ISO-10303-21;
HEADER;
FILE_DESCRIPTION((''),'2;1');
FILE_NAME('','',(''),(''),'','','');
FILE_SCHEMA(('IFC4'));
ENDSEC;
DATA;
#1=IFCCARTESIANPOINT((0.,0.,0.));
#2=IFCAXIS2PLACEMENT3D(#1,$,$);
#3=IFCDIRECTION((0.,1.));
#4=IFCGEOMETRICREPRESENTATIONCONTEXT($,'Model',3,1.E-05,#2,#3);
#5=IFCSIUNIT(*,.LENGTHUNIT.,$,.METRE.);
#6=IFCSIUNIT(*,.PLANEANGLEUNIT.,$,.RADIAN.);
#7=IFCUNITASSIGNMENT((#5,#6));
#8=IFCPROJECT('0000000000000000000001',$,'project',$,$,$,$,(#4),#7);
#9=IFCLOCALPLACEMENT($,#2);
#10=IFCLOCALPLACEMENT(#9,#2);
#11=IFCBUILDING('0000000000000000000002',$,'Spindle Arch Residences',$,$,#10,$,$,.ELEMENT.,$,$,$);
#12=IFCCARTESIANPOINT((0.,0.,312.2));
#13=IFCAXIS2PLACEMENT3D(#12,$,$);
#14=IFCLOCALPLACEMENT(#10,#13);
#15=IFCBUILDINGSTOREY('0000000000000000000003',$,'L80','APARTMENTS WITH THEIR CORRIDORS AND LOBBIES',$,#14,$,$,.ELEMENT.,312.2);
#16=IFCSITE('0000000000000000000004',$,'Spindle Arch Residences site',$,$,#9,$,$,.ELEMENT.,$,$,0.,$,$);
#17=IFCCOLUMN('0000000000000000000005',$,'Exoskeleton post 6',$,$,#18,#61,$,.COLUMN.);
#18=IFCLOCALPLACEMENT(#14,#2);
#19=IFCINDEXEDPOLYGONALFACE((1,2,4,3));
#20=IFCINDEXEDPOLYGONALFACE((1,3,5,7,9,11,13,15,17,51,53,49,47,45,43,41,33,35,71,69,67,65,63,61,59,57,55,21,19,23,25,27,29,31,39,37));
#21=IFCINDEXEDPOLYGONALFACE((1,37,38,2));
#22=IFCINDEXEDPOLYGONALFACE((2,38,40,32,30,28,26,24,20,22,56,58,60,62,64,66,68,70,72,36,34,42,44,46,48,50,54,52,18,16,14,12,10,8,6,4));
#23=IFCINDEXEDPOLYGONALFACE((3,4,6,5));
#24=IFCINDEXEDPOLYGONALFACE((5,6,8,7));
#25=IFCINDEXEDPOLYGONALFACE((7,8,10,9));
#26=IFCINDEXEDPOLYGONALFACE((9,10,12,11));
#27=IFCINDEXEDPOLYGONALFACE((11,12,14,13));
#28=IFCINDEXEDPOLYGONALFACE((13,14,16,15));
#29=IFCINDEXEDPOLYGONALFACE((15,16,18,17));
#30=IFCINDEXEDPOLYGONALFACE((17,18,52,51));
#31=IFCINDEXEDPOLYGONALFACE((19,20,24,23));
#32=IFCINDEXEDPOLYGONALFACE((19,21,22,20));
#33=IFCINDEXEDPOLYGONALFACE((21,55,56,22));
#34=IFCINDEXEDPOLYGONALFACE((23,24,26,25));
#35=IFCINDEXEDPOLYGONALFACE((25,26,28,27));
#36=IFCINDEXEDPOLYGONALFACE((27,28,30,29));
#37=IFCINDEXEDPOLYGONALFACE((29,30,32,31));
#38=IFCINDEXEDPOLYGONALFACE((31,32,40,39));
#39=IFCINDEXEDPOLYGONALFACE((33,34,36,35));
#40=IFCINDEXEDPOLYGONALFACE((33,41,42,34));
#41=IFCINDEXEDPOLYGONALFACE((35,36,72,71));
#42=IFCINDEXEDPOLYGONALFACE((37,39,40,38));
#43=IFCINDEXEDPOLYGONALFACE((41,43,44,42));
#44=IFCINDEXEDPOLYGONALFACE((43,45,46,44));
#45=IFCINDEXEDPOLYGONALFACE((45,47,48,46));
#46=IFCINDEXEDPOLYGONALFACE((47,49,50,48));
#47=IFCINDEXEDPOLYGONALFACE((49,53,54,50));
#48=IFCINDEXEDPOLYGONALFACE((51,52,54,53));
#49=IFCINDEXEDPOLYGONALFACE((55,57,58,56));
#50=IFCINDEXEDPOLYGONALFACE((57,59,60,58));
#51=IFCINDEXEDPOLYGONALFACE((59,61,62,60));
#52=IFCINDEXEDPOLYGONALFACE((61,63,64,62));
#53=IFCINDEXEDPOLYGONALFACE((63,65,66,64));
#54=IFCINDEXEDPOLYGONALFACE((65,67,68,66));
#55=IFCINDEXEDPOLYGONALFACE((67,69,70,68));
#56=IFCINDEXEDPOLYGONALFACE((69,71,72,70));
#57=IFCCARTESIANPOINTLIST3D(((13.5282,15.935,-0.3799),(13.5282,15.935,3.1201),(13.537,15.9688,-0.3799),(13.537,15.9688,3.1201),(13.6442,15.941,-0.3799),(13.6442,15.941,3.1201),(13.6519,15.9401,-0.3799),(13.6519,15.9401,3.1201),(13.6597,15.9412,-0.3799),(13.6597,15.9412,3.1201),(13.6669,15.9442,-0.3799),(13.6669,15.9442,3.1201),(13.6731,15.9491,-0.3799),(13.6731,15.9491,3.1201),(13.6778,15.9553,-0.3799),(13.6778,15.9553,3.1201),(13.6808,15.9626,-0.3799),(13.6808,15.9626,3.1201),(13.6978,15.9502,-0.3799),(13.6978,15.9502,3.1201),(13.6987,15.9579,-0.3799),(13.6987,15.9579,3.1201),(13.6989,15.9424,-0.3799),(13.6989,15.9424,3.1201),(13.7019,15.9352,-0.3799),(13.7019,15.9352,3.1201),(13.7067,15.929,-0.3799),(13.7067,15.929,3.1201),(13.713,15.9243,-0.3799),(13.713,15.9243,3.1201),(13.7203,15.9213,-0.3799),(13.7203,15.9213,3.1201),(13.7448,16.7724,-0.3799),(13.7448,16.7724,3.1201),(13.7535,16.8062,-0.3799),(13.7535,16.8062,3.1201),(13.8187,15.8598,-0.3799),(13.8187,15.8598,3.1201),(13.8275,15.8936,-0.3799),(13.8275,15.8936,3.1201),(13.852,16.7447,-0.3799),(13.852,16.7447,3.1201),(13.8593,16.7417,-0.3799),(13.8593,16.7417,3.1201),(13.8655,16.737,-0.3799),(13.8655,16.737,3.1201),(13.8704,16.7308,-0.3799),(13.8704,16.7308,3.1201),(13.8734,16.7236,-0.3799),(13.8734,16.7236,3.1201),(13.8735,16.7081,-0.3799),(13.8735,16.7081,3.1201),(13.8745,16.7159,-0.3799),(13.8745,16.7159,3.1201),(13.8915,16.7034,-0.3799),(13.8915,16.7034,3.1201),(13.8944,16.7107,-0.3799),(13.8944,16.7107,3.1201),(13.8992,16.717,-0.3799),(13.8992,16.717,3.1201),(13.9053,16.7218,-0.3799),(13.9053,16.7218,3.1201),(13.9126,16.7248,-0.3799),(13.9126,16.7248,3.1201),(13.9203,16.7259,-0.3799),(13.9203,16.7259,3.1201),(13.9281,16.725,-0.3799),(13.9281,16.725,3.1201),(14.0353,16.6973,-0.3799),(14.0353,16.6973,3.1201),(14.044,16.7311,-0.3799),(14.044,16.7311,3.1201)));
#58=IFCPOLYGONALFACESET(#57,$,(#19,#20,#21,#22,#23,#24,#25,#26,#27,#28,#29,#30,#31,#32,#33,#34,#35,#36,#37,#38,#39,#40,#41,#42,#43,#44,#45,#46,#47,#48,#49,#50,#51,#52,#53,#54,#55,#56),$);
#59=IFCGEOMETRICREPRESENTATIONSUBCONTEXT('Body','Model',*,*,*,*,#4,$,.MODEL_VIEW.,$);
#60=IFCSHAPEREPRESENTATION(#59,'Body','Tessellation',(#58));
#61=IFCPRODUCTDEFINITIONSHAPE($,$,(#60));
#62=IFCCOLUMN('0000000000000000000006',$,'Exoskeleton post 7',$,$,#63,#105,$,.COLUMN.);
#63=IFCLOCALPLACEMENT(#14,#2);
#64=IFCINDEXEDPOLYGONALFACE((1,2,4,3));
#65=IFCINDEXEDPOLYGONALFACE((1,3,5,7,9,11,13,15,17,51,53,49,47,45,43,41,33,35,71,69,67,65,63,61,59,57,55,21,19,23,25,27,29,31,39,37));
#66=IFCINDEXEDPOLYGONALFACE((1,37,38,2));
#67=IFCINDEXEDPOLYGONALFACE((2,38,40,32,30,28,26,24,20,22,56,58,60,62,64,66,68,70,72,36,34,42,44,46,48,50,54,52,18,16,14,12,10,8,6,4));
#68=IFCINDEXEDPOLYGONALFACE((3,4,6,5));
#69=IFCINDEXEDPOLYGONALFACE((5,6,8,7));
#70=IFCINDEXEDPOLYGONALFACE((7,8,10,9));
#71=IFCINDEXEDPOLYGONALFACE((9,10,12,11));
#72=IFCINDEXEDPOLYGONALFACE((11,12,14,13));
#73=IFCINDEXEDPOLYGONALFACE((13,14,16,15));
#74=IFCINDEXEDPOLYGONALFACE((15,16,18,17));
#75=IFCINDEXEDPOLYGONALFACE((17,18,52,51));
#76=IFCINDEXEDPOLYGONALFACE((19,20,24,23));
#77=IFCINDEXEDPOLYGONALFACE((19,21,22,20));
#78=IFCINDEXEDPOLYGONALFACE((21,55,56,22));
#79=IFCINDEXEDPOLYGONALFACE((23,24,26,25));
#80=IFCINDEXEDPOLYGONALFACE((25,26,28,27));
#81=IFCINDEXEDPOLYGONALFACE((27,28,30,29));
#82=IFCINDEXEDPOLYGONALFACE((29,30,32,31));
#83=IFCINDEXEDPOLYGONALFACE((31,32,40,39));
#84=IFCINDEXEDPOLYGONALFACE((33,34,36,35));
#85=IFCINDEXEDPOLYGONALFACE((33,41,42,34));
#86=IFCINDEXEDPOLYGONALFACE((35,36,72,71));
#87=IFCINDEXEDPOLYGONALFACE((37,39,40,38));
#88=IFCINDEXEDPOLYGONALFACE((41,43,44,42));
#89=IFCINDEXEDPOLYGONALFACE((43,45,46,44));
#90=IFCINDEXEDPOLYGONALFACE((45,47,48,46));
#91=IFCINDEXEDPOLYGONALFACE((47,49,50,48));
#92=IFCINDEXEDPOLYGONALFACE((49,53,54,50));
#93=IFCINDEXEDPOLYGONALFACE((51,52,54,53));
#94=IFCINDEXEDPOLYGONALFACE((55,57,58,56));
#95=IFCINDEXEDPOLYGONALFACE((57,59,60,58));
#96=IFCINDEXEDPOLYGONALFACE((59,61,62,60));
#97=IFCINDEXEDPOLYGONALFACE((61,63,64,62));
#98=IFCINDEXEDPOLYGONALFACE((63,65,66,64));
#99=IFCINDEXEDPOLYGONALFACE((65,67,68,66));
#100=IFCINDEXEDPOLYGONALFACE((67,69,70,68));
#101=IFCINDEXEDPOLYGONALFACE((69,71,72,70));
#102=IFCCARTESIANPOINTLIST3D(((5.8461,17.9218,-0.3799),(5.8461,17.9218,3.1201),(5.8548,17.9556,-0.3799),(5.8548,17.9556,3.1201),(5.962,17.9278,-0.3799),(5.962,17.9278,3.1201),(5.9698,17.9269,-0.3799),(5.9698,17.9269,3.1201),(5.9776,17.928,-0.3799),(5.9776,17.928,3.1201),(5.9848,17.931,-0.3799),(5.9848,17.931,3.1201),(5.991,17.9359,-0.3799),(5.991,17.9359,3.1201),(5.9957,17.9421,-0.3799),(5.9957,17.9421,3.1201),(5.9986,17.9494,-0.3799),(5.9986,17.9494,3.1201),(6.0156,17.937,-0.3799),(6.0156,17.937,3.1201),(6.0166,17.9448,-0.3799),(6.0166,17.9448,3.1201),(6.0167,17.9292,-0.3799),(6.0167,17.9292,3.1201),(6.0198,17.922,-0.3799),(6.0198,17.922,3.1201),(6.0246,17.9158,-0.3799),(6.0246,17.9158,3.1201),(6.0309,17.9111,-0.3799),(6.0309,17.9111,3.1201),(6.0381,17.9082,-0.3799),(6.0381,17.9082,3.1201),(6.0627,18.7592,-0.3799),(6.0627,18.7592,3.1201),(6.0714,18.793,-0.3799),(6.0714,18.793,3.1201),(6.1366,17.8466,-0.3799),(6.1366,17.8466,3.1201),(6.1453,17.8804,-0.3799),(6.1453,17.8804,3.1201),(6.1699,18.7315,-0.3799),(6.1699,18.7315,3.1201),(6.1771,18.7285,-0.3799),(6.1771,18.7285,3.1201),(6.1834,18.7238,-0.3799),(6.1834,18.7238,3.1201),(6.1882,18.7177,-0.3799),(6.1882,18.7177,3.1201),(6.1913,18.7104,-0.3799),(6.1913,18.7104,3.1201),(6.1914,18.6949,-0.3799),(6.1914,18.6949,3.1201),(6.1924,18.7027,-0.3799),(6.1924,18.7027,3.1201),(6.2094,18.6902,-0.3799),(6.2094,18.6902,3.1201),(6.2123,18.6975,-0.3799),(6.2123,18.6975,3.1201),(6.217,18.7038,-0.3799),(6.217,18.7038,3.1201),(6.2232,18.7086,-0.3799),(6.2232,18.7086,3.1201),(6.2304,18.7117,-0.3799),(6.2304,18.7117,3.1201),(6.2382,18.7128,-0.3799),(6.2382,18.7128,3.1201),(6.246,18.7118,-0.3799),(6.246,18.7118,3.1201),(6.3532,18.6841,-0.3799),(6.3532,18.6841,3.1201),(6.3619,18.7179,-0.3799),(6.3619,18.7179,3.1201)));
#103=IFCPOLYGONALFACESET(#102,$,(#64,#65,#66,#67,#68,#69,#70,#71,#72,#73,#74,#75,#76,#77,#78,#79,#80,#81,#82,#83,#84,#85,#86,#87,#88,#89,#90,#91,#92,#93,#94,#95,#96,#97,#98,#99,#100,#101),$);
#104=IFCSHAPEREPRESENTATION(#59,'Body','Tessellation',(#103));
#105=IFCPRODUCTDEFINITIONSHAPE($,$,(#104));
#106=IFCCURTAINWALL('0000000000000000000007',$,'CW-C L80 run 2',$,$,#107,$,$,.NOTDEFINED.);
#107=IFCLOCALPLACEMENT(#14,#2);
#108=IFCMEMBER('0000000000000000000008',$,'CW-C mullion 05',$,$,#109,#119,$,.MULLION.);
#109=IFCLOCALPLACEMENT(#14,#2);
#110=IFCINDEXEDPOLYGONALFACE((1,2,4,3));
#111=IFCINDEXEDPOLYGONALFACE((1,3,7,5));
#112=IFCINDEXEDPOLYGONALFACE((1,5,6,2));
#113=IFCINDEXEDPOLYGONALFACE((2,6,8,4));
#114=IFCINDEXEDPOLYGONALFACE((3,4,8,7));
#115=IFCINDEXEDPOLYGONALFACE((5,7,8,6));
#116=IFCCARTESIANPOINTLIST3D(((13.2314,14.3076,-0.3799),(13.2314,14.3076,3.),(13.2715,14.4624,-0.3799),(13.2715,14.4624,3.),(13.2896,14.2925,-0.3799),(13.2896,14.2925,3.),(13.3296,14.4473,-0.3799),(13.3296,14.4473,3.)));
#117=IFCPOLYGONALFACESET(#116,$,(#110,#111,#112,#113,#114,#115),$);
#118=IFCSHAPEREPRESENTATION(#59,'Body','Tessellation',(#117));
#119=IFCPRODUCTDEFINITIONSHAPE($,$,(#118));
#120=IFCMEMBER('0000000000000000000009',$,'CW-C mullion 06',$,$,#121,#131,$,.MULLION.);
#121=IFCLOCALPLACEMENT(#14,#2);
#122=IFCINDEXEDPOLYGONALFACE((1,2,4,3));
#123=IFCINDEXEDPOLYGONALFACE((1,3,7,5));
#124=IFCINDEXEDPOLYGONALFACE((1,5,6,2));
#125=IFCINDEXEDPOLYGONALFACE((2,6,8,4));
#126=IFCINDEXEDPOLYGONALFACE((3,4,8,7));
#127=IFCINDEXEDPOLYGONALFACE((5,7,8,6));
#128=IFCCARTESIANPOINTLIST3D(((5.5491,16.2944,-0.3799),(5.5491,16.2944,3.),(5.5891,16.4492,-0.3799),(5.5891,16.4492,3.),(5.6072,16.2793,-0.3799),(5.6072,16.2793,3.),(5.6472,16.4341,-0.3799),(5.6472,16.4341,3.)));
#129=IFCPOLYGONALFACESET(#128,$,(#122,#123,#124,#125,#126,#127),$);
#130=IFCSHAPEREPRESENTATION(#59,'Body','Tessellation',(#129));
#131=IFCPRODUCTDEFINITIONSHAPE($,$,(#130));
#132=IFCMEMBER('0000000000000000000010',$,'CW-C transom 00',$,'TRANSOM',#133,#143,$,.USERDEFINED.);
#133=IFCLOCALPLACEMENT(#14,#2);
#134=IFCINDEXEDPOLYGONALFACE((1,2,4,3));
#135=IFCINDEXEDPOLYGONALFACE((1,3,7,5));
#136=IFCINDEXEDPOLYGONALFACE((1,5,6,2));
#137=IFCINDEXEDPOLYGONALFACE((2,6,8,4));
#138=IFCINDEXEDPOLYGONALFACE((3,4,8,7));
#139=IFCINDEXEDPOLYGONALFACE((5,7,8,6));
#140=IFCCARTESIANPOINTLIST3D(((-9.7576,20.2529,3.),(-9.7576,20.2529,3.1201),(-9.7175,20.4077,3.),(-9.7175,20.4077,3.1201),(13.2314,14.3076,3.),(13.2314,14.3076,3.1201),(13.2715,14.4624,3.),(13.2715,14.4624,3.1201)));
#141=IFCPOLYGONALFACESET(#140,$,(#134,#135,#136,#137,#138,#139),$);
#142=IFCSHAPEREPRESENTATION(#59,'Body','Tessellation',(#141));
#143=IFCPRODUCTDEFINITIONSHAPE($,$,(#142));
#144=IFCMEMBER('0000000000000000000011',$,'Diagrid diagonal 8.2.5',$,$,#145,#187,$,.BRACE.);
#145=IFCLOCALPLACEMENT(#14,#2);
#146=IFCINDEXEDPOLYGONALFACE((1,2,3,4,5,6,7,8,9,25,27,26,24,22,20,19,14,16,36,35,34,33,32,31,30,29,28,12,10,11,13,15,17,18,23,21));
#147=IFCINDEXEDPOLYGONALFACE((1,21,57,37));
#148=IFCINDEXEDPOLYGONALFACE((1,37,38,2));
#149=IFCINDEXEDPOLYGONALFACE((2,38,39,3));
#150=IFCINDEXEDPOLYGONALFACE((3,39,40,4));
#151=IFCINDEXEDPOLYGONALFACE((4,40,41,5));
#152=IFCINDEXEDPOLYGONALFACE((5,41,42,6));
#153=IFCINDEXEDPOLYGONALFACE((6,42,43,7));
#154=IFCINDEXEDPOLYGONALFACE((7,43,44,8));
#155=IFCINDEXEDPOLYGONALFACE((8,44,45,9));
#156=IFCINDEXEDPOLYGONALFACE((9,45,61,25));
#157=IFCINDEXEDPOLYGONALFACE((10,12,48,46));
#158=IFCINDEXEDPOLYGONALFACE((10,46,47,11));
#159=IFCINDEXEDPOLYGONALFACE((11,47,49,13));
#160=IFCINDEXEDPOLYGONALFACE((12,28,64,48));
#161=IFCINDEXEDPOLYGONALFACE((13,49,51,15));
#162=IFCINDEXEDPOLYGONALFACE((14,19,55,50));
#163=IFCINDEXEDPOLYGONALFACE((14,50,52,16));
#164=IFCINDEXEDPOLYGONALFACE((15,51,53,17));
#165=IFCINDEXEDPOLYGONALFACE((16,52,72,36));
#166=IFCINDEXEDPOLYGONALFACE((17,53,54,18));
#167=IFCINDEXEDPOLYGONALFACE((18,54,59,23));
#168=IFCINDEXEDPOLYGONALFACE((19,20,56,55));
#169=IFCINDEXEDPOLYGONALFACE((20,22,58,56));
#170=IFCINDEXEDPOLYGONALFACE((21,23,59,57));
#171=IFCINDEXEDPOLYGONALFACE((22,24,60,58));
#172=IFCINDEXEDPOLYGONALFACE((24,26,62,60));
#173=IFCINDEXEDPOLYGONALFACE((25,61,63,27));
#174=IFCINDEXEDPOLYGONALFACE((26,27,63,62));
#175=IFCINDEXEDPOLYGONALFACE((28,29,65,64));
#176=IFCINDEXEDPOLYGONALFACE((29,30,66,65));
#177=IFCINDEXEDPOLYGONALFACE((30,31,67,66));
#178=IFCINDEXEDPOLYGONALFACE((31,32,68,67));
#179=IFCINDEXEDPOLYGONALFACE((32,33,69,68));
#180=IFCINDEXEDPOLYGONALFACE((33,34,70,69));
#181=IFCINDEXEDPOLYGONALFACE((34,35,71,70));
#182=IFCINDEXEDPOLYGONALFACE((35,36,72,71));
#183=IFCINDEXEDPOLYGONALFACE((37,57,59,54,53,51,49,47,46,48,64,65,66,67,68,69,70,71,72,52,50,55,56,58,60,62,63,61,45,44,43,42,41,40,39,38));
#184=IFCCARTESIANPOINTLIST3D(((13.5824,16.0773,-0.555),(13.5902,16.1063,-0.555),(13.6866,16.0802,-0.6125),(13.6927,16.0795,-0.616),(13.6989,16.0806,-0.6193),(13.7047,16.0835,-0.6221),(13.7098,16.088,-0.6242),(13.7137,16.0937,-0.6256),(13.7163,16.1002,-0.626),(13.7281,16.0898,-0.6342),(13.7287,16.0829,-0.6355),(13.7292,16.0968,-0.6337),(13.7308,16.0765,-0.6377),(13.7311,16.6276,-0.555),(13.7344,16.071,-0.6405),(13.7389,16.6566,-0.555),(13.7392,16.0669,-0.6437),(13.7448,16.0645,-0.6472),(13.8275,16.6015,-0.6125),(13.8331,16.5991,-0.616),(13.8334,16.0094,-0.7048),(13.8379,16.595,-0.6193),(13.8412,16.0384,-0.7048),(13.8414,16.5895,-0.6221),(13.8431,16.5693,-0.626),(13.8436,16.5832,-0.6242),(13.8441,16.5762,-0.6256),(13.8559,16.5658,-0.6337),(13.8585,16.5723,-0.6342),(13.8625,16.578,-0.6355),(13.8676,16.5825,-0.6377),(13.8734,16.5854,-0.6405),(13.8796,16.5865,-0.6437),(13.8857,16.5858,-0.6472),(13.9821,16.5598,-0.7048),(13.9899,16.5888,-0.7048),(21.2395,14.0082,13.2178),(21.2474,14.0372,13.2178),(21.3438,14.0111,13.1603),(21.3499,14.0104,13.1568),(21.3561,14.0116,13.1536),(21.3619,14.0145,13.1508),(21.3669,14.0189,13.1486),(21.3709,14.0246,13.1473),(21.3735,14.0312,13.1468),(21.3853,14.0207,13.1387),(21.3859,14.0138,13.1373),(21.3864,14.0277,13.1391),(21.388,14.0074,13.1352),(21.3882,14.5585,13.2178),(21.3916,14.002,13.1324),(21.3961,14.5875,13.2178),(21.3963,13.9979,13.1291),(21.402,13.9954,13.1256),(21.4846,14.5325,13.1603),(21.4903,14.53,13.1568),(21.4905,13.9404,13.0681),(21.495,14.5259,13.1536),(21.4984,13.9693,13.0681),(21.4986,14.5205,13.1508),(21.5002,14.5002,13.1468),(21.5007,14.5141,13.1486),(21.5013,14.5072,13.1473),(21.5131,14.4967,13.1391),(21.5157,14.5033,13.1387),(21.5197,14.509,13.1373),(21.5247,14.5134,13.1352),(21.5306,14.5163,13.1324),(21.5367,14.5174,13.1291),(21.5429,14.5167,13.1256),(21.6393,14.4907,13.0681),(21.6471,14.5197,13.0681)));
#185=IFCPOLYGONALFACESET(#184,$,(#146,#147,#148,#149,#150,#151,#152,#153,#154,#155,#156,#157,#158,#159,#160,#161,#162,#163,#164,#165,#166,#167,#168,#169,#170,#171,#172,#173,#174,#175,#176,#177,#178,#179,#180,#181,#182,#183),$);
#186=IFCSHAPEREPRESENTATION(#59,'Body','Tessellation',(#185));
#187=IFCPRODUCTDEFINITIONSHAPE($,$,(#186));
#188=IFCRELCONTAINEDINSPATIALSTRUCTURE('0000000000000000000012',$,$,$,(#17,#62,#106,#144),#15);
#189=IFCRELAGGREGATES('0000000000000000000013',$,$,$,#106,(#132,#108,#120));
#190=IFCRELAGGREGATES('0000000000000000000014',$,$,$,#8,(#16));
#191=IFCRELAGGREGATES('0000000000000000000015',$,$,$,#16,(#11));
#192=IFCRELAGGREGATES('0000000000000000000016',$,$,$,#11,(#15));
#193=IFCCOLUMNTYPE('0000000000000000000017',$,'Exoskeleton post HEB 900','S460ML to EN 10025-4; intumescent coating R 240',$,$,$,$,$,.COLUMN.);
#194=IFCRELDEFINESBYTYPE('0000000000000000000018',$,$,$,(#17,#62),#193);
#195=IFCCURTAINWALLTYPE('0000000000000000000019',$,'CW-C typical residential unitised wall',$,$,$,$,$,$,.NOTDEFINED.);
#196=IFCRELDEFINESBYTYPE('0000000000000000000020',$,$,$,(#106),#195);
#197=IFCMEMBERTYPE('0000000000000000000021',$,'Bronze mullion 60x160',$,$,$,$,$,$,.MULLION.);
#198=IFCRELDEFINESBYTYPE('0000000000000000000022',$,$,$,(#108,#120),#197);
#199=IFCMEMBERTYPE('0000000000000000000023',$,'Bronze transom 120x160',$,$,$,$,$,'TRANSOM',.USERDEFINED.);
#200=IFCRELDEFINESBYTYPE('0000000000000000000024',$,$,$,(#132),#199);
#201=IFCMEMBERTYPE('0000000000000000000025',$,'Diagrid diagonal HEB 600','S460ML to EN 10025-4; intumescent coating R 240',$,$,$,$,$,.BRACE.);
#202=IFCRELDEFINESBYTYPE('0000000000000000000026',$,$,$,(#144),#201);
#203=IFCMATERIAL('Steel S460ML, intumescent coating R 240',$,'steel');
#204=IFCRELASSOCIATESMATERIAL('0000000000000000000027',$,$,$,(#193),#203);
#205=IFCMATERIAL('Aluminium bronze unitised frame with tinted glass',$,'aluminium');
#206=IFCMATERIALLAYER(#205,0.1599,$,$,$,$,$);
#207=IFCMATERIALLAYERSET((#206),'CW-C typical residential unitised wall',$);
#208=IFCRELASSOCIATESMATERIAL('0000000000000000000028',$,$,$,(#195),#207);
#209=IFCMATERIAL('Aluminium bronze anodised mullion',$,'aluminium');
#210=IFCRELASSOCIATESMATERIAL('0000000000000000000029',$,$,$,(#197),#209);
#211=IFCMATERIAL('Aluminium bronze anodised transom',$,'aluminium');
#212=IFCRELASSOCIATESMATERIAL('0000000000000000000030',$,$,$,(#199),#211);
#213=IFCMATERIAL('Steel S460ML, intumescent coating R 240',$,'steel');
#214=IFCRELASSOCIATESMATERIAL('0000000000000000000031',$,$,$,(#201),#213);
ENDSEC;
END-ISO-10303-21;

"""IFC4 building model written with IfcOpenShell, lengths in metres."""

from ifc_helpers import new_model, si_unit, direction, frame, origin, origin_2d, place, context, subcontext, project, spatial, rectangle, i_section, extrude, material, layer, layer_set, material_profile, profile_set, type_object, element, aggregate, save


model = new_model("IFC4")

# Units and contexts
model_context = context("Model", 3, precision=1e-05, world=origin(), true_north=direction((0.0, 1.0)))
body_context = subcontext(model_context, "Body", "Model", "MODEL_VIEW")
ifc_project = project(units=[si_unit("LENGTHUNIT", "METRE"), si_unit("PLANEANGLEUNIT", "RADIAN")], contexts=[model_context])

# Site, building, storey
site_placement = place(None, origin())
site = spatial("IfcSite", under=ifc_project, at=site_placement, Name="Spindle Arch Residences site", CompositionType="ELEMENT", RefElevation=0.0)
building_placement = place(site_placement, origin())
building = spatial("IfcBuilding", under=site, at=building_placement, Name="Spindle Arch Residences", CompositionType="ELEMENT")
storey_placement = place(building_placement, frame((0.0, 0.0, 312.2)))
storey = spatial("IfcBuildingStorey", under=building, at=storey_placement, Name="L80", Description="APARTMENTS WITH THEIR CORRIDORS AND LOBBIES", CompositionType="ELEMENT", Elevation=312.2)

# Columns
ifc_material_1 = material(Name="Steel S460ML, intumescent coating R 240", Category="steel")
ifc_material_profile_1 = material_profile(ifc_material_1, i_section(OverallWidth=0.3, OverallDepth=0.8999, WebThickness=0.0186, FlangeThickness=0.0349, FilletRadius=0.03, at=origin_2d()), Name="HEB 900")
ifc_profile_set_1 = profile_set([ifc_material_profile_1], Name="Steel S460ML, intumescent coating R 240")
column_type = type_object("IfcColumnType", Name="Exoskeleton post HEB 900", Description="S460ML to EN 10025-4; intumescent coating R 240", PredefinedType="COLUMN", material=ifc_profile_set_1)
for number, where, z_axis, x_axis, name in (
    (1, (13.7861, 16.333, -0.3799), (0.0, 0.0, 1.0), (0.968148, -0.25038, 0.0), "Exoskeleton post 6"),
    (2, (6.104, 18.3198, -0.3799), (0.0, 0.0, 1.0), (0.968148, -0.25038, 0.0), "Exoskeleton post 7"),
):
    element("IfcColumn", number, at=place(storey_placement, frame(where, z_axis=z_axis, x_axis=x_axis)), inside=storey, type_object=column_type, Name=name, PredefinedType="COLUMN", context=body_context, shape_type="SweptSolid", body=[
        extrude(i_section(OverallWidth=0.3, OverallDepth=0.8999, WebThickness=0.0186, FlangeThickness=0.0349, FilletRadius=0.03, at=origin_2d()), origin(), (0.0, 0.0, 1.0), 3.5),
    ])

# Curtain wall, members
ifc_material_2 = material(Name="Aluminium bronze unitised frame with tinted glass", Category="aluminium")
ifc_layer_1 = layer(ifc_material_2, 0.1599)
ifc_layer_set_1 = layer_set([ifc_layer_1], Name="CW-C typical residential unitised wall")
curtain_wall_type = type_object("IfcCurtainWallType", Name="CW-C typical residential unitised wall", PredefinedType="NOTDEFINED", material=ifc_layer_set_1)
curtain_wall_placement = place(storey_placement, origin())
curtain_wall = element("IfcCurtainWall", 3, at=curtain_wall_placement, inside=storey, type_object=curtain_wall_type, Name="CW-C L80 run 2", PredefinedType="NOTDEFINED")
ifc_material_3 = material(Name="Aluminium bronze anodised mullion", Category="aluminium")
ifc_material_profile_2 = material_profile(ifc_material_3, rectangle(XDim=0.1599, YDim=0.0601, at=origin_2d()), Name="MU 60x160")
ifc_profile_set_2 = profile_set([ifc_material_profile_2], Name="Aluminium bronze anodised mullion")
member_type_1 = type_object("IfcMemberType", Name="Bronze mullion 60x160", PredefinedType="MULLION", material=ifc_profile_set_2)
member_1_placement = place(storey_placement, frame((13.2805, 14.3774, -0.3799), z_axis=(0.0, 0.0, 1.0), x_axis=(-0.25038, -0.968148, 0.0)))
member_1 = element("IfcMember", 4, at=member_1_placement, type_object=member_type_1, Name="CW-C mullion 05", PredefinedType="MULLION", context=body_context, shape_type="SweptSolid", body=[
    extrude(rectangle(XDim=0.1599, YDim=0.0601, at=origin_2d()), origin(), (0.0, 0.0, 1.0), 3.3799),
])
member_2_placement = place(storey_placement, frame((5.5981, 16.3643, -0.3799), z_axis=(0.0, 0.0, 1.0), x_axis=(-0.25038, -0.968148, 0.0)))
member_2 = element("IfcMember", 5, at=member_2_placement, type_object=member_type_1, Name="CW-C mullion 06", PredefinedType="MULLION", context=body_context, shape_type="SweptSolid", body=[
    extrude(rectangle(XDim=0.1599, YDim=0.0601, at=origin_2d()), origin(), (0.0, 0.0, 1.0), 3.3799),
])
ifc_material_4 = material(Name="Aluminium bronze anodised transom", Category="aluminium")
ifc_material_profile_3 = material_profile(ifc_material_4, rectangle(XDim=0.1599, YDim=0.1201, at=origin_2d()), Name="TR 120x160")
ifc_profile_set_3 = profile_set([ifc_material_profile_3], Name="Aluminium bronze anodised transom")
member_type_2 = type_object("IfcMemberType", Name="Bronze transom 120x160", ElementType="TRANSOM", PredefinedType="USERDEFINED", material=ifc_profile_set_3)
member_3_placement = place(storey_placement, frame((13.2515, 14.385, 3.0601), z_axis=(-0.968148, 0.250378, 0.0), x_axis=(-0.250378, -0.968148, 0.0)))
member_3 = element("IfcMember", 6, at=member_3_placement, type_object=member_type_2, Name="CW-C transom 00", ObjectType="TRANSOM", PredefinedType="USERDEFINED", context=body_context, shape_type="SweptSolid", body=[
    extrude(rectangle(XDim=0.1599, YDim=0.1201, at=origin_2d()), origin(), (0.0, 0.0, 1.0), 23.7454),
])

# Member
ifc_material_5 = material(Name="Steel S460ML, intumescent coating R 240", Category="steel")
ifc_material_profile_4 = material_profile(ifc_material_5, i_section(OverallWidth=0.3, OverallDepth=0.6001, WebThickness=0.0154, FlangeThickness=0.03, FilletRadius=0.0271, at=origin_2d()), Name="HEB 600")
ifc_profile_set_4 = profile_set([ifc_material_profile_4], Name="Steel S460ML, intumescent coating R 240")
member_type_3 = type_object("IfcMemberType", Name="Diagrid diagonal HEB 600", Description="S460ML to EN 10025-4; intumescent coating R 240", PredefinedType="BRACE", material=ifc_profile_set_4)
member_4_placement = place(storey_placement, frame((13.7861, 16.333, -0.6299), z_axis=(0.481779, -0.130183, 0.866569), x_axis=(-0.836566, 0.226052, 0.499058)))
element("IfcMember", 7, at=member_4_placement, inside=storey, type_object=member_type_3, Name="Diagrid diagonal 8.2.5", PredefinedType="BRACE", context=body_context, shape_type="SweptSolid", body=[
    extrude(i_section(OverallWidth=0.3, OverallDepth=0.6001, WebThickness=0.0154, FlangeThickness=0.03, FilletRadius=0.0271, at=origin_2d()), origin(), (0.0, 0.0, 1.0), 15.8936),
])

aggregate(curtain_wall, [member_3, member_1, member_2])

save(model, "model.ifc")
